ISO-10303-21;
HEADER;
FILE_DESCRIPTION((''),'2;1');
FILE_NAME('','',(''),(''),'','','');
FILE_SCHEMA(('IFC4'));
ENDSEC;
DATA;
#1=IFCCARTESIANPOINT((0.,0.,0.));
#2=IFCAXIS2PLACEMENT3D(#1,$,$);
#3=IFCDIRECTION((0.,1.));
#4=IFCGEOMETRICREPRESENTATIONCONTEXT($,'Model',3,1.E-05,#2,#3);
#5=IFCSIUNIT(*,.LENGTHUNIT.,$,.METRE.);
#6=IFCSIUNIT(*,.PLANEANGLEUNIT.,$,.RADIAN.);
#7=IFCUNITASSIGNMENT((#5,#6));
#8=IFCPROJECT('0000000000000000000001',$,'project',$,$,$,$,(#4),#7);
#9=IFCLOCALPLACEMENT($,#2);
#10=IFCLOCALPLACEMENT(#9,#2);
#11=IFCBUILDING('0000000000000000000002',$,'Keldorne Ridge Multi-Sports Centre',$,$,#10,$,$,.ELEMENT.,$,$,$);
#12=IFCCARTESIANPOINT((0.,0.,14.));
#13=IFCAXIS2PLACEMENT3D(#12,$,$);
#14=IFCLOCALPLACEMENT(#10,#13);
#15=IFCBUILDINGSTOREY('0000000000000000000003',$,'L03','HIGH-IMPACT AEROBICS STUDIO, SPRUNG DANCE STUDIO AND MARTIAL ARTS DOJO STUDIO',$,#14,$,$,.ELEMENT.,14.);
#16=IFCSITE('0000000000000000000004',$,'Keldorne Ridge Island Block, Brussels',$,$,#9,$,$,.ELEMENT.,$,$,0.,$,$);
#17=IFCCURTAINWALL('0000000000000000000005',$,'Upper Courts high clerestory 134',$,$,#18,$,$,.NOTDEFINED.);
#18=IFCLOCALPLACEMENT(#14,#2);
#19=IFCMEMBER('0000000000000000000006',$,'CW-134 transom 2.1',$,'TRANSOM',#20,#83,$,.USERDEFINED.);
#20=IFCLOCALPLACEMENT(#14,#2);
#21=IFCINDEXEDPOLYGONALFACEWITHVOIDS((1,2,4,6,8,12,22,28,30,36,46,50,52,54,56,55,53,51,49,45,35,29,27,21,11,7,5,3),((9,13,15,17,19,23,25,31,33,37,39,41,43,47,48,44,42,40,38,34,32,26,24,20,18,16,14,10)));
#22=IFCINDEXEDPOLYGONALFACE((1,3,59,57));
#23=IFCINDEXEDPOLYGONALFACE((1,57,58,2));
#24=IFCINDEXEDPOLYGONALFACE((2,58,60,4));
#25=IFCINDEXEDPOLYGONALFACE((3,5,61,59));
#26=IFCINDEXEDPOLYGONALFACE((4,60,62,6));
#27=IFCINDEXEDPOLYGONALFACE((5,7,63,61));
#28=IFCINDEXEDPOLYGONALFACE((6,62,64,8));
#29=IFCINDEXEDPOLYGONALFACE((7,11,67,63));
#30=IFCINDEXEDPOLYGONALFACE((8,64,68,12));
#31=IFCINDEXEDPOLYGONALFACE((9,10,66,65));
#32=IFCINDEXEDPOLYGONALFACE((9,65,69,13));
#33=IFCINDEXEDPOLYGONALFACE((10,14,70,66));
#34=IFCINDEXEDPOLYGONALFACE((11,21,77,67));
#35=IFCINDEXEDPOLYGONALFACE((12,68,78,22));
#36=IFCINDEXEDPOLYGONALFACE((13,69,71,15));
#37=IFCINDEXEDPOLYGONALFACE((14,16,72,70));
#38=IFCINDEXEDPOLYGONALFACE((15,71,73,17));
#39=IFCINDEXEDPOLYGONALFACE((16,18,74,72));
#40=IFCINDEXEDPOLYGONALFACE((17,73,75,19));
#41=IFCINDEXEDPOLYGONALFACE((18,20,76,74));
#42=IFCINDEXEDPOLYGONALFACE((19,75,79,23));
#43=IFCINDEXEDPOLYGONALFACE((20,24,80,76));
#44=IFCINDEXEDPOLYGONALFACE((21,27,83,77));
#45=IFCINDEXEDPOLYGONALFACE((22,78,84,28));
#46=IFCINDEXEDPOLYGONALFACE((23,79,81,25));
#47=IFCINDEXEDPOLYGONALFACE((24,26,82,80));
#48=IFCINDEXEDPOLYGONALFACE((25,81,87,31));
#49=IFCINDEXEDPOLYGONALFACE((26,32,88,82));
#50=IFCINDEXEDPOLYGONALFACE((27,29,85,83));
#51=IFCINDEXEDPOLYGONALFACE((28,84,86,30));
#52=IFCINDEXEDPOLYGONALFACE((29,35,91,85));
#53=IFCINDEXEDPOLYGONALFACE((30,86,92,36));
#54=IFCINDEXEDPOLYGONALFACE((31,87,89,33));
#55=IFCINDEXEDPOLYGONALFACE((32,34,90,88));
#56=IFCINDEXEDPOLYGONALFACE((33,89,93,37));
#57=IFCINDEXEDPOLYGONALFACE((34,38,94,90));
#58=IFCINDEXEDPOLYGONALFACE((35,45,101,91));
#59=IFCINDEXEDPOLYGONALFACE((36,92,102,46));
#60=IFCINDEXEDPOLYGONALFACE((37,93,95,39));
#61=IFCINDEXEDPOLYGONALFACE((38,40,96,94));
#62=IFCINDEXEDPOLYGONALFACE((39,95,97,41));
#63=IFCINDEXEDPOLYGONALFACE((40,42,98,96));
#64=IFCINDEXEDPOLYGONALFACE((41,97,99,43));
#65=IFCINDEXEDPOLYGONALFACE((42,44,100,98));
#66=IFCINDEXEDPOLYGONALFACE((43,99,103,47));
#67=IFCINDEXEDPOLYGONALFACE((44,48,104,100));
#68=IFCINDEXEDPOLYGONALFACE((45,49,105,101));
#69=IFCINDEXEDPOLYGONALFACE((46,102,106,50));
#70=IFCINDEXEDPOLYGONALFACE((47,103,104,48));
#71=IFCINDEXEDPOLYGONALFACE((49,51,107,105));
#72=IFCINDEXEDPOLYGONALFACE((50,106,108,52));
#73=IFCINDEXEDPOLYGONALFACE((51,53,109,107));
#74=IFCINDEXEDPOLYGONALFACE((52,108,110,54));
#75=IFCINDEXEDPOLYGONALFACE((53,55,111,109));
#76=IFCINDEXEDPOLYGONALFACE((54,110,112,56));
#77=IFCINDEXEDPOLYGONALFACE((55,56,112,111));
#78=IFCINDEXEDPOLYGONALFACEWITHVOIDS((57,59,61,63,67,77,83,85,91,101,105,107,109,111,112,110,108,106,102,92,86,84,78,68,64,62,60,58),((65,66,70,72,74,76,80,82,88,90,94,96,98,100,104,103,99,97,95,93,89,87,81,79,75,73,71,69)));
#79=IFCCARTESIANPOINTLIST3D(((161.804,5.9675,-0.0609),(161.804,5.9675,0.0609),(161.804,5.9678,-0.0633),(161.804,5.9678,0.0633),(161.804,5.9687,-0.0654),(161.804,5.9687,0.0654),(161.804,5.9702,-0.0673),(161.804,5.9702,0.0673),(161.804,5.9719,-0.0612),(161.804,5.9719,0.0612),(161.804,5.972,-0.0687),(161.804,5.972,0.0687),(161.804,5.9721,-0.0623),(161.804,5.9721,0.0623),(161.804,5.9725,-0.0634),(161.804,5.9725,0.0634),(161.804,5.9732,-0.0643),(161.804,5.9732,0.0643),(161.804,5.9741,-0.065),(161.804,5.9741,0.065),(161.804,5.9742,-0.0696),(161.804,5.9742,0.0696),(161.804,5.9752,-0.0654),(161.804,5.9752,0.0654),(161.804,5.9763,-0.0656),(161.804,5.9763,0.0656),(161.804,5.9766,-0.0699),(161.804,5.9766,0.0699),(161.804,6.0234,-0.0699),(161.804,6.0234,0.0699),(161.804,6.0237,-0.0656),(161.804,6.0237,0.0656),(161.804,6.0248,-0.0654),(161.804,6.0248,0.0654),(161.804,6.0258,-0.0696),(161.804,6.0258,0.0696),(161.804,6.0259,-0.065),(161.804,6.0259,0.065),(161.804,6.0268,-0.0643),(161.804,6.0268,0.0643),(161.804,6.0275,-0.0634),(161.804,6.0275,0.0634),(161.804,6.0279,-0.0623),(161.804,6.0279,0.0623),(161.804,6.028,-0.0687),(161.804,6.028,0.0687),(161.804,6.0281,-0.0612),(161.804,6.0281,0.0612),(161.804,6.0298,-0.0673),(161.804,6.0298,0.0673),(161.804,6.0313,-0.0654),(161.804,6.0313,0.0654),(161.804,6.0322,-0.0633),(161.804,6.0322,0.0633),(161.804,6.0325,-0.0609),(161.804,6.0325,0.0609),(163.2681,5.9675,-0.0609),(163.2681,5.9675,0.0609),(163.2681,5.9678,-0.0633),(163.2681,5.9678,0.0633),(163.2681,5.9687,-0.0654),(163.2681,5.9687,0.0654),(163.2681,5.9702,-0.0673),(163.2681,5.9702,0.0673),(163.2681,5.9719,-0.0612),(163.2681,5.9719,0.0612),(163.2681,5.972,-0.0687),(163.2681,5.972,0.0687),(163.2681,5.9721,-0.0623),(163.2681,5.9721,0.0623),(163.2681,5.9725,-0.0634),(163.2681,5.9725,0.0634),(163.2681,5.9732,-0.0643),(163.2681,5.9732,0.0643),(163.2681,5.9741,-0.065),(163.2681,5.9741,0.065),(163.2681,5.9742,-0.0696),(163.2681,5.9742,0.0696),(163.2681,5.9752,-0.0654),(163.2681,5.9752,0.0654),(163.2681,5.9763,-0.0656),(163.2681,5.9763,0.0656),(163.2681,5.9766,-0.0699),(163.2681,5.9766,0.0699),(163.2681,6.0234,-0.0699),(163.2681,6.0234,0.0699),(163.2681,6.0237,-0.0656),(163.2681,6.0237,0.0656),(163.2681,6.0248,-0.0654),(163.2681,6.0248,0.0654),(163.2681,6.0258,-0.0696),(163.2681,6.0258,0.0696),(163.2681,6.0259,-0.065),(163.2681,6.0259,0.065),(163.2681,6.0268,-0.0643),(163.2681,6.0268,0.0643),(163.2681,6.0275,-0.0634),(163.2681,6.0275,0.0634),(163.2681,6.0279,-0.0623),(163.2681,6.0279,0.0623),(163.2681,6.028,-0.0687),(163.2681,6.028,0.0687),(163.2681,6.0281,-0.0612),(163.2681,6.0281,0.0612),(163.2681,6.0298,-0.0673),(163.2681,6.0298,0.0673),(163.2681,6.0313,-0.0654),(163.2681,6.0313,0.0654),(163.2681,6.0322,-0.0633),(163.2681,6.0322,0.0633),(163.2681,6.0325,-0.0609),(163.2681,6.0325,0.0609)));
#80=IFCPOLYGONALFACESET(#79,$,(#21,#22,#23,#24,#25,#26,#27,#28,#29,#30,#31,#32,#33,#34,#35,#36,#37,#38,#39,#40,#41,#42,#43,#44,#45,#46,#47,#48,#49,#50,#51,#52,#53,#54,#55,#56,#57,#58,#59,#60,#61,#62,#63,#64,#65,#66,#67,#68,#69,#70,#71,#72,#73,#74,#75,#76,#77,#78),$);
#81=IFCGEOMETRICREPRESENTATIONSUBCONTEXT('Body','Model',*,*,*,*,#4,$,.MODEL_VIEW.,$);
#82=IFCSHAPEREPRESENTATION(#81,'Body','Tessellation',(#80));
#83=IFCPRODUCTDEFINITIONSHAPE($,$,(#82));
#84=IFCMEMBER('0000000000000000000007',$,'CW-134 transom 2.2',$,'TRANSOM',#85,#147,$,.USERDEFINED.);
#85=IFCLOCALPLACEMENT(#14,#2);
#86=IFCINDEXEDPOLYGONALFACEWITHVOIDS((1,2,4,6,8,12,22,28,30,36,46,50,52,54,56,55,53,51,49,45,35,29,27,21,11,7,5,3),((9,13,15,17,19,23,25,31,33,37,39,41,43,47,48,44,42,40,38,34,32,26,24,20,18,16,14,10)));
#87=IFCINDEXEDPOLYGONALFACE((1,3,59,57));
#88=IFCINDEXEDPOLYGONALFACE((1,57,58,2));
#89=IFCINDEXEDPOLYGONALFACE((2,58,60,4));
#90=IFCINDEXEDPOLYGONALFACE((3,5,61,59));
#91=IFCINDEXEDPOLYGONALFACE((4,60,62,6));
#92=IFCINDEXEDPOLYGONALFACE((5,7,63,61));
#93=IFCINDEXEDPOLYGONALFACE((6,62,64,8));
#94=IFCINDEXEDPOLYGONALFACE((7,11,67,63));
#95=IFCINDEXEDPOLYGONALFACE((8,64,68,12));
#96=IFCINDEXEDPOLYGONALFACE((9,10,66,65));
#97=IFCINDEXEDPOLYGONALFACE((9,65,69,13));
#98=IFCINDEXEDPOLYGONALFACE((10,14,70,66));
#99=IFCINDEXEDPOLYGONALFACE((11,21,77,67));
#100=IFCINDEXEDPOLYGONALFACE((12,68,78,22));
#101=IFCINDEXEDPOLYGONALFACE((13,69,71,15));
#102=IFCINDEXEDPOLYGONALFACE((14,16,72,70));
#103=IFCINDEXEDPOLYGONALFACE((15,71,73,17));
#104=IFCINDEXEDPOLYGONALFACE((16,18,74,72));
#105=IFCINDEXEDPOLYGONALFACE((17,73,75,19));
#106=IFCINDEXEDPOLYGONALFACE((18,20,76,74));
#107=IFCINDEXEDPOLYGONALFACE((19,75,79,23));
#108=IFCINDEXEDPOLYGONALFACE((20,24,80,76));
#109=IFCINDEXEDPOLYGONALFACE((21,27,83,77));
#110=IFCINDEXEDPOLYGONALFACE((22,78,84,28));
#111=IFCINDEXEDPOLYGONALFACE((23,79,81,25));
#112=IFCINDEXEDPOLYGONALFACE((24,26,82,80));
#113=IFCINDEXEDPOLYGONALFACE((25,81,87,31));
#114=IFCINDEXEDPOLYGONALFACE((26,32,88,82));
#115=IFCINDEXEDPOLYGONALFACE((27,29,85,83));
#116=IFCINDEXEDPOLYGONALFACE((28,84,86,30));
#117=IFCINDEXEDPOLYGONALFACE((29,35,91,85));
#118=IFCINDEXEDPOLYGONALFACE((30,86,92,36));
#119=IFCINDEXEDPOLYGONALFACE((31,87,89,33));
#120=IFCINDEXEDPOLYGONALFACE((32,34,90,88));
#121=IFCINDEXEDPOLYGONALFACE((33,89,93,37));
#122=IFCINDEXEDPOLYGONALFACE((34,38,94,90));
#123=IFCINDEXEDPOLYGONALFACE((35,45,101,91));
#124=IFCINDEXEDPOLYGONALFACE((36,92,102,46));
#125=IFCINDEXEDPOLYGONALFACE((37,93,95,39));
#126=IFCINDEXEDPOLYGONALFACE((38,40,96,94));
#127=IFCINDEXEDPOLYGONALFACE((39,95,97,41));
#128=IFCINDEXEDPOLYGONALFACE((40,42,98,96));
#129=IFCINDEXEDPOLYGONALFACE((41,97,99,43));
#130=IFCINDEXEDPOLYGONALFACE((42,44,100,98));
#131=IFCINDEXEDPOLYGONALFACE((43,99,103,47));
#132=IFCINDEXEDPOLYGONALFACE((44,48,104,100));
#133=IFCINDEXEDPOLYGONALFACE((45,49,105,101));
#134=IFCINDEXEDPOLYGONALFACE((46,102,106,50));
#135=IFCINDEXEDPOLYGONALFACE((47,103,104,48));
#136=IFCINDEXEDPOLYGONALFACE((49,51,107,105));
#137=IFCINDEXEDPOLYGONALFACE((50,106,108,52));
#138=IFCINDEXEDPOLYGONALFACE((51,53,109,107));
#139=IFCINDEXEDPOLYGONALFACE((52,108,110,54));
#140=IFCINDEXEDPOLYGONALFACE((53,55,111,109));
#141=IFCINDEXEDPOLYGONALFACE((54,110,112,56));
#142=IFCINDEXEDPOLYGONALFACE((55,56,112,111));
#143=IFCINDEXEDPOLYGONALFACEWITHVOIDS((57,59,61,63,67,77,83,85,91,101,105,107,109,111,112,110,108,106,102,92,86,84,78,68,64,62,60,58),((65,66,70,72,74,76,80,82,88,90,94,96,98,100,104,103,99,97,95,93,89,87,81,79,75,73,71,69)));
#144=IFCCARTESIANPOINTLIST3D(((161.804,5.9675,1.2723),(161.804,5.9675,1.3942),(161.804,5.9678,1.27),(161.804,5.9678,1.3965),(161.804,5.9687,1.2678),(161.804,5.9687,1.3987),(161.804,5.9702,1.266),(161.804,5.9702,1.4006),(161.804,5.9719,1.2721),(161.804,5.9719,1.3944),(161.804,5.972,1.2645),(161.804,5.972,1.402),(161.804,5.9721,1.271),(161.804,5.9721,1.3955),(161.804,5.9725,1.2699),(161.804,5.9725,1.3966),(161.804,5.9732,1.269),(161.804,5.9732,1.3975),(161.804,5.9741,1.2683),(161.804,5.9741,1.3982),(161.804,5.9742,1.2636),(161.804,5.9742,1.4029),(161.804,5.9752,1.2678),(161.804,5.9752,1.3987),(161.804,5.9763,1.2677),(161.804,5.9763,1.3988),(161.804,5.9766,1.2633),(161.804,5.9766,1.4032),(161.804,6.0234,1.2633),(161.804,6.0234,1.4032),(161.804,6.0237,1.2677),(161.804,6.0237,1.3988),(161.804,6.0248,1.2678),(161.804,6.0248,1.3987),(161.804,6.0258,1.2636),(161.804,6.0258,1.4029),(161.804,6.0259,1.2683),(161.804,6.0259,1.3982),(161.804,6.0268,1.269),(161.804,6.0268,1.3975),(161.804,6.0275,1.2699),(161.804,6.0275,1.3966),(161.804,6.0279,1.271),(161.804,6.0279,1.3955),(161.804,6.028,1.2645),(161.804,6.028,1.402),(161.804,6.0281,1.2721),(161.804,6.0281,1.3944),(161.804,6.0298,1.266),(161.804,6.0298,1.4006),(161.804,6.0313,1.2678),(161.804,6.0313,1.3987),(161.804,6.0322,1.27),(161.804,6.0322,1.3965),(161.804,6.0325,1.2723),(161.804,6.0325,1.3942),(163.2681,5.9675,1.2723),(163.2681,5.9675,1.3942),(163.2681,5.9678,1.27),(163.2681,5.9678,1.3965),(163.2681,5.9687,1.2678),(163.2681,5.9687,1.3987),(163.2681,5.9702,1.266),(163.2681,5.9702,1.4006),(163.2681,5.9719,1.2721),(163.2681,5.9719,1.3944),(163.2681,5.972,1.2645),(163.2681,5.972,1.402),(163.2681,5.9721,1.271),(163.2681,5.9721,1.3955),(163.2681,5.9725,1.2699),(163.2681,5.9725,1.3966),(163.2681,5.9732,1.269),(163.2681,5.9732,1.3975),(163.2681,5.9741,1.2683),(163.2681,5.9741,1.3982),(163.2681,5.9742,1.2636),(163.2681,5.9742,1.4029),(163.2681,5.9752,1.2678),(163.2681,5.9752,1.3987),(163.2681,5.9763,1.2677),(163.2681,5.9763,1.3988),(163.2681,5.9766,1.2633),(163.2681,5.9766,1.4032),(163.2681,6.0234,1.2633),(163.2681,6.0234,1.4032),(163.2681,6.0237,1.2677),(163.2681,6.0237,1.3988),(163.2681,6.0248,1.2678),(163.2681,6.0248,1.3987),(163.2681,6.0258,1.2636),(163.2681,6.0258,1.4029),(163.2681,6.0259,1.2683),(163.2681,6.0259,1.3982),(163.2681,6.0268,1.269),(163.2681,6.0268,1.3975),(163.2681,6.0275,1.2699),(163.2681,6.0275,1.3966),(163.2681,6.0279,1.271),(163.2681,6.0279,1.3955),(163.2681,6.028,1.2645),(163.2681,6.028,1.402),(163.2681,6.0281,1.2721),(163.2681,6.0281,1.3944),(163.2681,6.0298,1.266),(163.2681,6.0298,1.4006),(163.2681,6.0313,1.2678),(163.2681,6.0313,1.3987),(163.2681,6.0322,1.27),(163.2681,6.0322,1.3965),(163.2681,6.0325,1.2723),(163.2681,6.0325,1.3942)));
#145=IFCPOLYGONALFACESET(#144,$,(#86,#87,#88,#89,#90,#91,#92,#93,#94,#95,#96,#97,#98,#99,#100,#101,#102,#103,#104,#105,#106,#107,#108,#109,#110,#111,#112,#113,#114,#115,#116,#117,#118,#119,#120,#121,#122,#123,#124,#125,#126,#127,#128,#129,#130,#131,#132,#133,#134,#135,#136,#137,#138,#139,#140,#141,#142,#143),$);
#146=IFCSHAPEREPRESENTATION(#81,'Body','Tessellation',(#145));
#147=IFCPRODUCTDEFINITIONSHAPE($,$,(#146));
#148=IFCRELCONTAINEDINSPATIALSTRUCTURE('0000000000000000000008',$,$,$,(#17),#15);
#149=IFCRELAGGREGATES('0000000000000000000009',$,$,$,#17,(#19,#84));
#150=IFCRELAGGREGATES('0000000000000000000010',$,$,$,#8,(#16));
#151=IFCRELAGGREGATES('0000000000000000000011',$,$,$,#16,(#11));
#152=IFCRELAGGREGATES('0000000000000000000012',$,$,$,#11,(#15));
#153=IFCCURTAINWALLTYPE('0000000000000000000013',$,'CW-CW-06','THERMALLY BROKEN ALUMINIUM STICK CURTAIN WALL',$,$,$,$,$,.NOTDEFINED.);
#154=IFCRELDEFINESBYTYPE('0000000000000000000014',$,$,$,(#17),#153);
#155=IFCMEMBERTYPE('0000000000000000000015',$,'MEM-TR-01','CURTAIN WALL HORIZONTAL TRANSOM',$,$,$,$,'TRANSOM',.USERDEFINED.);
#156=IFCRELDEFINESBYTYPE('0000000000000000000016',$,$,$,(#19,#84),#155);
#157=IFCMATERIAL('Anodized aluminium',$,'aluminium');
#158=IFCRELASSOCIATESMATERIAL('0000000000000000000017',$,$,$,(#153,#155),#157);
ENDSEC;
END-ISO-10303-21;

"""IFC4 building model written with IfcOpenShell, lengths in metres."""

from ifc_helpers import new_model, si_unit, direction, frame, origin, origin_2d, place, context, subcontext, project, spatial, hollow_rectangle, extrude, material, material_profile, profile_set, type_object, element, aggregate, save


model = new_model("IFC4")

# Units and contexts
model_context = context("Model", 3, precision=1e-05, world=origin(), true_north=direction((0.0, 1.0)))
body_context = subcontext(model_context, "Body", "Model", "MODEL_VIEW")
ifc_project = project(units=[si_unit("LENGTHUNIT", "METRE"), si_unit("PLANEANGLEUNIT", "RADIAN")], contexts=[model_context])

# Site, building, storey
site_placement = place(None, origin())
site = spatial("IfcSite", under=ifc_project, at=site_placement, Name="Keldorne Ridge Island Block, Brussels", CompositionType="ELEMENT", RefElevation=0.0)
building_placement = place(site_placement, origin())
building = spatial("IfcBuilding", under=site, at=building_placement, Name="Keldorne Ridge Multi-Sports Centre", CompositionType="ELEMENT")
storey_placement = place(building_placement, frame((0.0, 0.0, 14.0)))
storey = spatial("IfcBuildingStorey", under=building, at=storey_placement, Name="L03", Description="HIGH-IMPACT AEROBICS STUDIO, SPRUNG DANCE STUDIO AND MARTIAL ARTS DOJO STUDIO", CompositionType="ELEMENT", Elevation=14.0)

# Curtain wall, members
ifc_material_1 = material(Name="Anodized aluminium", Category="aluminium")
curtain_wall_type = type_object("IfcCurtainWallType", Name="CW-CW-06", Description="THERMALLY BROKEN ALUMINIUM STICK CURTAIN WALL", PredefinedType="NOTDEFINED", material=ifc_material_1)
curtain_wall_placement = place(storey_placement, origin())
curtain_wall = element("IfcCurtainWall", 1, at=curtain_wall_placement, inside=storey, type_object=curtain_wall_type, Name="Upper Courts high clerestory 134", PredefinedType="NOTDEFINED")
ifc_material_profile_1 = material_profile(ifc_material_1, hollow_rectangle(XDim=0.0649, YDim=0.1399, WallThickness=0.0044, InnerFilletRadius=0.0044, OuterFilletRadius=0.009, at=origin_2d()), Name="ALU TRANSOM 140x65x4.5")
ifc_profile_set_1 = profile_set([ifc_material_profile_1], Name="Anodized aluminium")
member_type_1 = type_object("IfcMemberType", Name="MEM-TR-01", Description="CURTAIN WALL HORIZONTAL TRANSOM", ElementType="TRANSOM", PredefinedType="USERDEFINED", material=ifc_profile_set_1)
member_1_placement = place(storey_placement, frame((161.804, 6.0, 0.0), z_axis=(1.0, 0.0, 0.0), x_axis=(0.0, 1.0, 0.0)))
member_1 = element("IfcMember", 2, at=member_1_placement, type_object=member_type_1, Name="CW-134 transom 2.1", ObjectType="TRANSOM", PredefinedType="USERDEFINED", context=body_context, shape_type="SweptSolid", body=[
    extrude(hollow_rectangle(XDim=0.0649, YDim=0.1399, WallThickness=0.0044, InnerFilletRadius=0.0044, OuterFilletRadius=0.009, at=origin_2d()), origin(), (0.0, 0.0, 1.0), 1.4641),
])
member_2_placement = place(storey_placement, frame((161.804, 6.0, 1.3333), z_axis=(1.0, 0.0, 0.0), x_axis=(0.0, 1.0, 0.0)))
member_2 = element("IfcMember", 3, at=member_2_placement, type_object=member_type_1, Name="CW-134 transom 2.2", ObjectType="TRANSOM", PredefinedType="USERDEFINED", context=body_context, shape_type="SweptSolid", body=[
    extrude(hollow_rectangle(XDim=0.0649, YDim=0.1399, WallThickness=0.0044, InnerFilletRadius=0.0044, OuterFilletRadius=0.009, at=origin_2d()), origin(), (0.0, 0.0, 1.0), 1.4641),
])
aggregate(curtain_wall, [member_1, member_2])

save(model, "model.ifc")
